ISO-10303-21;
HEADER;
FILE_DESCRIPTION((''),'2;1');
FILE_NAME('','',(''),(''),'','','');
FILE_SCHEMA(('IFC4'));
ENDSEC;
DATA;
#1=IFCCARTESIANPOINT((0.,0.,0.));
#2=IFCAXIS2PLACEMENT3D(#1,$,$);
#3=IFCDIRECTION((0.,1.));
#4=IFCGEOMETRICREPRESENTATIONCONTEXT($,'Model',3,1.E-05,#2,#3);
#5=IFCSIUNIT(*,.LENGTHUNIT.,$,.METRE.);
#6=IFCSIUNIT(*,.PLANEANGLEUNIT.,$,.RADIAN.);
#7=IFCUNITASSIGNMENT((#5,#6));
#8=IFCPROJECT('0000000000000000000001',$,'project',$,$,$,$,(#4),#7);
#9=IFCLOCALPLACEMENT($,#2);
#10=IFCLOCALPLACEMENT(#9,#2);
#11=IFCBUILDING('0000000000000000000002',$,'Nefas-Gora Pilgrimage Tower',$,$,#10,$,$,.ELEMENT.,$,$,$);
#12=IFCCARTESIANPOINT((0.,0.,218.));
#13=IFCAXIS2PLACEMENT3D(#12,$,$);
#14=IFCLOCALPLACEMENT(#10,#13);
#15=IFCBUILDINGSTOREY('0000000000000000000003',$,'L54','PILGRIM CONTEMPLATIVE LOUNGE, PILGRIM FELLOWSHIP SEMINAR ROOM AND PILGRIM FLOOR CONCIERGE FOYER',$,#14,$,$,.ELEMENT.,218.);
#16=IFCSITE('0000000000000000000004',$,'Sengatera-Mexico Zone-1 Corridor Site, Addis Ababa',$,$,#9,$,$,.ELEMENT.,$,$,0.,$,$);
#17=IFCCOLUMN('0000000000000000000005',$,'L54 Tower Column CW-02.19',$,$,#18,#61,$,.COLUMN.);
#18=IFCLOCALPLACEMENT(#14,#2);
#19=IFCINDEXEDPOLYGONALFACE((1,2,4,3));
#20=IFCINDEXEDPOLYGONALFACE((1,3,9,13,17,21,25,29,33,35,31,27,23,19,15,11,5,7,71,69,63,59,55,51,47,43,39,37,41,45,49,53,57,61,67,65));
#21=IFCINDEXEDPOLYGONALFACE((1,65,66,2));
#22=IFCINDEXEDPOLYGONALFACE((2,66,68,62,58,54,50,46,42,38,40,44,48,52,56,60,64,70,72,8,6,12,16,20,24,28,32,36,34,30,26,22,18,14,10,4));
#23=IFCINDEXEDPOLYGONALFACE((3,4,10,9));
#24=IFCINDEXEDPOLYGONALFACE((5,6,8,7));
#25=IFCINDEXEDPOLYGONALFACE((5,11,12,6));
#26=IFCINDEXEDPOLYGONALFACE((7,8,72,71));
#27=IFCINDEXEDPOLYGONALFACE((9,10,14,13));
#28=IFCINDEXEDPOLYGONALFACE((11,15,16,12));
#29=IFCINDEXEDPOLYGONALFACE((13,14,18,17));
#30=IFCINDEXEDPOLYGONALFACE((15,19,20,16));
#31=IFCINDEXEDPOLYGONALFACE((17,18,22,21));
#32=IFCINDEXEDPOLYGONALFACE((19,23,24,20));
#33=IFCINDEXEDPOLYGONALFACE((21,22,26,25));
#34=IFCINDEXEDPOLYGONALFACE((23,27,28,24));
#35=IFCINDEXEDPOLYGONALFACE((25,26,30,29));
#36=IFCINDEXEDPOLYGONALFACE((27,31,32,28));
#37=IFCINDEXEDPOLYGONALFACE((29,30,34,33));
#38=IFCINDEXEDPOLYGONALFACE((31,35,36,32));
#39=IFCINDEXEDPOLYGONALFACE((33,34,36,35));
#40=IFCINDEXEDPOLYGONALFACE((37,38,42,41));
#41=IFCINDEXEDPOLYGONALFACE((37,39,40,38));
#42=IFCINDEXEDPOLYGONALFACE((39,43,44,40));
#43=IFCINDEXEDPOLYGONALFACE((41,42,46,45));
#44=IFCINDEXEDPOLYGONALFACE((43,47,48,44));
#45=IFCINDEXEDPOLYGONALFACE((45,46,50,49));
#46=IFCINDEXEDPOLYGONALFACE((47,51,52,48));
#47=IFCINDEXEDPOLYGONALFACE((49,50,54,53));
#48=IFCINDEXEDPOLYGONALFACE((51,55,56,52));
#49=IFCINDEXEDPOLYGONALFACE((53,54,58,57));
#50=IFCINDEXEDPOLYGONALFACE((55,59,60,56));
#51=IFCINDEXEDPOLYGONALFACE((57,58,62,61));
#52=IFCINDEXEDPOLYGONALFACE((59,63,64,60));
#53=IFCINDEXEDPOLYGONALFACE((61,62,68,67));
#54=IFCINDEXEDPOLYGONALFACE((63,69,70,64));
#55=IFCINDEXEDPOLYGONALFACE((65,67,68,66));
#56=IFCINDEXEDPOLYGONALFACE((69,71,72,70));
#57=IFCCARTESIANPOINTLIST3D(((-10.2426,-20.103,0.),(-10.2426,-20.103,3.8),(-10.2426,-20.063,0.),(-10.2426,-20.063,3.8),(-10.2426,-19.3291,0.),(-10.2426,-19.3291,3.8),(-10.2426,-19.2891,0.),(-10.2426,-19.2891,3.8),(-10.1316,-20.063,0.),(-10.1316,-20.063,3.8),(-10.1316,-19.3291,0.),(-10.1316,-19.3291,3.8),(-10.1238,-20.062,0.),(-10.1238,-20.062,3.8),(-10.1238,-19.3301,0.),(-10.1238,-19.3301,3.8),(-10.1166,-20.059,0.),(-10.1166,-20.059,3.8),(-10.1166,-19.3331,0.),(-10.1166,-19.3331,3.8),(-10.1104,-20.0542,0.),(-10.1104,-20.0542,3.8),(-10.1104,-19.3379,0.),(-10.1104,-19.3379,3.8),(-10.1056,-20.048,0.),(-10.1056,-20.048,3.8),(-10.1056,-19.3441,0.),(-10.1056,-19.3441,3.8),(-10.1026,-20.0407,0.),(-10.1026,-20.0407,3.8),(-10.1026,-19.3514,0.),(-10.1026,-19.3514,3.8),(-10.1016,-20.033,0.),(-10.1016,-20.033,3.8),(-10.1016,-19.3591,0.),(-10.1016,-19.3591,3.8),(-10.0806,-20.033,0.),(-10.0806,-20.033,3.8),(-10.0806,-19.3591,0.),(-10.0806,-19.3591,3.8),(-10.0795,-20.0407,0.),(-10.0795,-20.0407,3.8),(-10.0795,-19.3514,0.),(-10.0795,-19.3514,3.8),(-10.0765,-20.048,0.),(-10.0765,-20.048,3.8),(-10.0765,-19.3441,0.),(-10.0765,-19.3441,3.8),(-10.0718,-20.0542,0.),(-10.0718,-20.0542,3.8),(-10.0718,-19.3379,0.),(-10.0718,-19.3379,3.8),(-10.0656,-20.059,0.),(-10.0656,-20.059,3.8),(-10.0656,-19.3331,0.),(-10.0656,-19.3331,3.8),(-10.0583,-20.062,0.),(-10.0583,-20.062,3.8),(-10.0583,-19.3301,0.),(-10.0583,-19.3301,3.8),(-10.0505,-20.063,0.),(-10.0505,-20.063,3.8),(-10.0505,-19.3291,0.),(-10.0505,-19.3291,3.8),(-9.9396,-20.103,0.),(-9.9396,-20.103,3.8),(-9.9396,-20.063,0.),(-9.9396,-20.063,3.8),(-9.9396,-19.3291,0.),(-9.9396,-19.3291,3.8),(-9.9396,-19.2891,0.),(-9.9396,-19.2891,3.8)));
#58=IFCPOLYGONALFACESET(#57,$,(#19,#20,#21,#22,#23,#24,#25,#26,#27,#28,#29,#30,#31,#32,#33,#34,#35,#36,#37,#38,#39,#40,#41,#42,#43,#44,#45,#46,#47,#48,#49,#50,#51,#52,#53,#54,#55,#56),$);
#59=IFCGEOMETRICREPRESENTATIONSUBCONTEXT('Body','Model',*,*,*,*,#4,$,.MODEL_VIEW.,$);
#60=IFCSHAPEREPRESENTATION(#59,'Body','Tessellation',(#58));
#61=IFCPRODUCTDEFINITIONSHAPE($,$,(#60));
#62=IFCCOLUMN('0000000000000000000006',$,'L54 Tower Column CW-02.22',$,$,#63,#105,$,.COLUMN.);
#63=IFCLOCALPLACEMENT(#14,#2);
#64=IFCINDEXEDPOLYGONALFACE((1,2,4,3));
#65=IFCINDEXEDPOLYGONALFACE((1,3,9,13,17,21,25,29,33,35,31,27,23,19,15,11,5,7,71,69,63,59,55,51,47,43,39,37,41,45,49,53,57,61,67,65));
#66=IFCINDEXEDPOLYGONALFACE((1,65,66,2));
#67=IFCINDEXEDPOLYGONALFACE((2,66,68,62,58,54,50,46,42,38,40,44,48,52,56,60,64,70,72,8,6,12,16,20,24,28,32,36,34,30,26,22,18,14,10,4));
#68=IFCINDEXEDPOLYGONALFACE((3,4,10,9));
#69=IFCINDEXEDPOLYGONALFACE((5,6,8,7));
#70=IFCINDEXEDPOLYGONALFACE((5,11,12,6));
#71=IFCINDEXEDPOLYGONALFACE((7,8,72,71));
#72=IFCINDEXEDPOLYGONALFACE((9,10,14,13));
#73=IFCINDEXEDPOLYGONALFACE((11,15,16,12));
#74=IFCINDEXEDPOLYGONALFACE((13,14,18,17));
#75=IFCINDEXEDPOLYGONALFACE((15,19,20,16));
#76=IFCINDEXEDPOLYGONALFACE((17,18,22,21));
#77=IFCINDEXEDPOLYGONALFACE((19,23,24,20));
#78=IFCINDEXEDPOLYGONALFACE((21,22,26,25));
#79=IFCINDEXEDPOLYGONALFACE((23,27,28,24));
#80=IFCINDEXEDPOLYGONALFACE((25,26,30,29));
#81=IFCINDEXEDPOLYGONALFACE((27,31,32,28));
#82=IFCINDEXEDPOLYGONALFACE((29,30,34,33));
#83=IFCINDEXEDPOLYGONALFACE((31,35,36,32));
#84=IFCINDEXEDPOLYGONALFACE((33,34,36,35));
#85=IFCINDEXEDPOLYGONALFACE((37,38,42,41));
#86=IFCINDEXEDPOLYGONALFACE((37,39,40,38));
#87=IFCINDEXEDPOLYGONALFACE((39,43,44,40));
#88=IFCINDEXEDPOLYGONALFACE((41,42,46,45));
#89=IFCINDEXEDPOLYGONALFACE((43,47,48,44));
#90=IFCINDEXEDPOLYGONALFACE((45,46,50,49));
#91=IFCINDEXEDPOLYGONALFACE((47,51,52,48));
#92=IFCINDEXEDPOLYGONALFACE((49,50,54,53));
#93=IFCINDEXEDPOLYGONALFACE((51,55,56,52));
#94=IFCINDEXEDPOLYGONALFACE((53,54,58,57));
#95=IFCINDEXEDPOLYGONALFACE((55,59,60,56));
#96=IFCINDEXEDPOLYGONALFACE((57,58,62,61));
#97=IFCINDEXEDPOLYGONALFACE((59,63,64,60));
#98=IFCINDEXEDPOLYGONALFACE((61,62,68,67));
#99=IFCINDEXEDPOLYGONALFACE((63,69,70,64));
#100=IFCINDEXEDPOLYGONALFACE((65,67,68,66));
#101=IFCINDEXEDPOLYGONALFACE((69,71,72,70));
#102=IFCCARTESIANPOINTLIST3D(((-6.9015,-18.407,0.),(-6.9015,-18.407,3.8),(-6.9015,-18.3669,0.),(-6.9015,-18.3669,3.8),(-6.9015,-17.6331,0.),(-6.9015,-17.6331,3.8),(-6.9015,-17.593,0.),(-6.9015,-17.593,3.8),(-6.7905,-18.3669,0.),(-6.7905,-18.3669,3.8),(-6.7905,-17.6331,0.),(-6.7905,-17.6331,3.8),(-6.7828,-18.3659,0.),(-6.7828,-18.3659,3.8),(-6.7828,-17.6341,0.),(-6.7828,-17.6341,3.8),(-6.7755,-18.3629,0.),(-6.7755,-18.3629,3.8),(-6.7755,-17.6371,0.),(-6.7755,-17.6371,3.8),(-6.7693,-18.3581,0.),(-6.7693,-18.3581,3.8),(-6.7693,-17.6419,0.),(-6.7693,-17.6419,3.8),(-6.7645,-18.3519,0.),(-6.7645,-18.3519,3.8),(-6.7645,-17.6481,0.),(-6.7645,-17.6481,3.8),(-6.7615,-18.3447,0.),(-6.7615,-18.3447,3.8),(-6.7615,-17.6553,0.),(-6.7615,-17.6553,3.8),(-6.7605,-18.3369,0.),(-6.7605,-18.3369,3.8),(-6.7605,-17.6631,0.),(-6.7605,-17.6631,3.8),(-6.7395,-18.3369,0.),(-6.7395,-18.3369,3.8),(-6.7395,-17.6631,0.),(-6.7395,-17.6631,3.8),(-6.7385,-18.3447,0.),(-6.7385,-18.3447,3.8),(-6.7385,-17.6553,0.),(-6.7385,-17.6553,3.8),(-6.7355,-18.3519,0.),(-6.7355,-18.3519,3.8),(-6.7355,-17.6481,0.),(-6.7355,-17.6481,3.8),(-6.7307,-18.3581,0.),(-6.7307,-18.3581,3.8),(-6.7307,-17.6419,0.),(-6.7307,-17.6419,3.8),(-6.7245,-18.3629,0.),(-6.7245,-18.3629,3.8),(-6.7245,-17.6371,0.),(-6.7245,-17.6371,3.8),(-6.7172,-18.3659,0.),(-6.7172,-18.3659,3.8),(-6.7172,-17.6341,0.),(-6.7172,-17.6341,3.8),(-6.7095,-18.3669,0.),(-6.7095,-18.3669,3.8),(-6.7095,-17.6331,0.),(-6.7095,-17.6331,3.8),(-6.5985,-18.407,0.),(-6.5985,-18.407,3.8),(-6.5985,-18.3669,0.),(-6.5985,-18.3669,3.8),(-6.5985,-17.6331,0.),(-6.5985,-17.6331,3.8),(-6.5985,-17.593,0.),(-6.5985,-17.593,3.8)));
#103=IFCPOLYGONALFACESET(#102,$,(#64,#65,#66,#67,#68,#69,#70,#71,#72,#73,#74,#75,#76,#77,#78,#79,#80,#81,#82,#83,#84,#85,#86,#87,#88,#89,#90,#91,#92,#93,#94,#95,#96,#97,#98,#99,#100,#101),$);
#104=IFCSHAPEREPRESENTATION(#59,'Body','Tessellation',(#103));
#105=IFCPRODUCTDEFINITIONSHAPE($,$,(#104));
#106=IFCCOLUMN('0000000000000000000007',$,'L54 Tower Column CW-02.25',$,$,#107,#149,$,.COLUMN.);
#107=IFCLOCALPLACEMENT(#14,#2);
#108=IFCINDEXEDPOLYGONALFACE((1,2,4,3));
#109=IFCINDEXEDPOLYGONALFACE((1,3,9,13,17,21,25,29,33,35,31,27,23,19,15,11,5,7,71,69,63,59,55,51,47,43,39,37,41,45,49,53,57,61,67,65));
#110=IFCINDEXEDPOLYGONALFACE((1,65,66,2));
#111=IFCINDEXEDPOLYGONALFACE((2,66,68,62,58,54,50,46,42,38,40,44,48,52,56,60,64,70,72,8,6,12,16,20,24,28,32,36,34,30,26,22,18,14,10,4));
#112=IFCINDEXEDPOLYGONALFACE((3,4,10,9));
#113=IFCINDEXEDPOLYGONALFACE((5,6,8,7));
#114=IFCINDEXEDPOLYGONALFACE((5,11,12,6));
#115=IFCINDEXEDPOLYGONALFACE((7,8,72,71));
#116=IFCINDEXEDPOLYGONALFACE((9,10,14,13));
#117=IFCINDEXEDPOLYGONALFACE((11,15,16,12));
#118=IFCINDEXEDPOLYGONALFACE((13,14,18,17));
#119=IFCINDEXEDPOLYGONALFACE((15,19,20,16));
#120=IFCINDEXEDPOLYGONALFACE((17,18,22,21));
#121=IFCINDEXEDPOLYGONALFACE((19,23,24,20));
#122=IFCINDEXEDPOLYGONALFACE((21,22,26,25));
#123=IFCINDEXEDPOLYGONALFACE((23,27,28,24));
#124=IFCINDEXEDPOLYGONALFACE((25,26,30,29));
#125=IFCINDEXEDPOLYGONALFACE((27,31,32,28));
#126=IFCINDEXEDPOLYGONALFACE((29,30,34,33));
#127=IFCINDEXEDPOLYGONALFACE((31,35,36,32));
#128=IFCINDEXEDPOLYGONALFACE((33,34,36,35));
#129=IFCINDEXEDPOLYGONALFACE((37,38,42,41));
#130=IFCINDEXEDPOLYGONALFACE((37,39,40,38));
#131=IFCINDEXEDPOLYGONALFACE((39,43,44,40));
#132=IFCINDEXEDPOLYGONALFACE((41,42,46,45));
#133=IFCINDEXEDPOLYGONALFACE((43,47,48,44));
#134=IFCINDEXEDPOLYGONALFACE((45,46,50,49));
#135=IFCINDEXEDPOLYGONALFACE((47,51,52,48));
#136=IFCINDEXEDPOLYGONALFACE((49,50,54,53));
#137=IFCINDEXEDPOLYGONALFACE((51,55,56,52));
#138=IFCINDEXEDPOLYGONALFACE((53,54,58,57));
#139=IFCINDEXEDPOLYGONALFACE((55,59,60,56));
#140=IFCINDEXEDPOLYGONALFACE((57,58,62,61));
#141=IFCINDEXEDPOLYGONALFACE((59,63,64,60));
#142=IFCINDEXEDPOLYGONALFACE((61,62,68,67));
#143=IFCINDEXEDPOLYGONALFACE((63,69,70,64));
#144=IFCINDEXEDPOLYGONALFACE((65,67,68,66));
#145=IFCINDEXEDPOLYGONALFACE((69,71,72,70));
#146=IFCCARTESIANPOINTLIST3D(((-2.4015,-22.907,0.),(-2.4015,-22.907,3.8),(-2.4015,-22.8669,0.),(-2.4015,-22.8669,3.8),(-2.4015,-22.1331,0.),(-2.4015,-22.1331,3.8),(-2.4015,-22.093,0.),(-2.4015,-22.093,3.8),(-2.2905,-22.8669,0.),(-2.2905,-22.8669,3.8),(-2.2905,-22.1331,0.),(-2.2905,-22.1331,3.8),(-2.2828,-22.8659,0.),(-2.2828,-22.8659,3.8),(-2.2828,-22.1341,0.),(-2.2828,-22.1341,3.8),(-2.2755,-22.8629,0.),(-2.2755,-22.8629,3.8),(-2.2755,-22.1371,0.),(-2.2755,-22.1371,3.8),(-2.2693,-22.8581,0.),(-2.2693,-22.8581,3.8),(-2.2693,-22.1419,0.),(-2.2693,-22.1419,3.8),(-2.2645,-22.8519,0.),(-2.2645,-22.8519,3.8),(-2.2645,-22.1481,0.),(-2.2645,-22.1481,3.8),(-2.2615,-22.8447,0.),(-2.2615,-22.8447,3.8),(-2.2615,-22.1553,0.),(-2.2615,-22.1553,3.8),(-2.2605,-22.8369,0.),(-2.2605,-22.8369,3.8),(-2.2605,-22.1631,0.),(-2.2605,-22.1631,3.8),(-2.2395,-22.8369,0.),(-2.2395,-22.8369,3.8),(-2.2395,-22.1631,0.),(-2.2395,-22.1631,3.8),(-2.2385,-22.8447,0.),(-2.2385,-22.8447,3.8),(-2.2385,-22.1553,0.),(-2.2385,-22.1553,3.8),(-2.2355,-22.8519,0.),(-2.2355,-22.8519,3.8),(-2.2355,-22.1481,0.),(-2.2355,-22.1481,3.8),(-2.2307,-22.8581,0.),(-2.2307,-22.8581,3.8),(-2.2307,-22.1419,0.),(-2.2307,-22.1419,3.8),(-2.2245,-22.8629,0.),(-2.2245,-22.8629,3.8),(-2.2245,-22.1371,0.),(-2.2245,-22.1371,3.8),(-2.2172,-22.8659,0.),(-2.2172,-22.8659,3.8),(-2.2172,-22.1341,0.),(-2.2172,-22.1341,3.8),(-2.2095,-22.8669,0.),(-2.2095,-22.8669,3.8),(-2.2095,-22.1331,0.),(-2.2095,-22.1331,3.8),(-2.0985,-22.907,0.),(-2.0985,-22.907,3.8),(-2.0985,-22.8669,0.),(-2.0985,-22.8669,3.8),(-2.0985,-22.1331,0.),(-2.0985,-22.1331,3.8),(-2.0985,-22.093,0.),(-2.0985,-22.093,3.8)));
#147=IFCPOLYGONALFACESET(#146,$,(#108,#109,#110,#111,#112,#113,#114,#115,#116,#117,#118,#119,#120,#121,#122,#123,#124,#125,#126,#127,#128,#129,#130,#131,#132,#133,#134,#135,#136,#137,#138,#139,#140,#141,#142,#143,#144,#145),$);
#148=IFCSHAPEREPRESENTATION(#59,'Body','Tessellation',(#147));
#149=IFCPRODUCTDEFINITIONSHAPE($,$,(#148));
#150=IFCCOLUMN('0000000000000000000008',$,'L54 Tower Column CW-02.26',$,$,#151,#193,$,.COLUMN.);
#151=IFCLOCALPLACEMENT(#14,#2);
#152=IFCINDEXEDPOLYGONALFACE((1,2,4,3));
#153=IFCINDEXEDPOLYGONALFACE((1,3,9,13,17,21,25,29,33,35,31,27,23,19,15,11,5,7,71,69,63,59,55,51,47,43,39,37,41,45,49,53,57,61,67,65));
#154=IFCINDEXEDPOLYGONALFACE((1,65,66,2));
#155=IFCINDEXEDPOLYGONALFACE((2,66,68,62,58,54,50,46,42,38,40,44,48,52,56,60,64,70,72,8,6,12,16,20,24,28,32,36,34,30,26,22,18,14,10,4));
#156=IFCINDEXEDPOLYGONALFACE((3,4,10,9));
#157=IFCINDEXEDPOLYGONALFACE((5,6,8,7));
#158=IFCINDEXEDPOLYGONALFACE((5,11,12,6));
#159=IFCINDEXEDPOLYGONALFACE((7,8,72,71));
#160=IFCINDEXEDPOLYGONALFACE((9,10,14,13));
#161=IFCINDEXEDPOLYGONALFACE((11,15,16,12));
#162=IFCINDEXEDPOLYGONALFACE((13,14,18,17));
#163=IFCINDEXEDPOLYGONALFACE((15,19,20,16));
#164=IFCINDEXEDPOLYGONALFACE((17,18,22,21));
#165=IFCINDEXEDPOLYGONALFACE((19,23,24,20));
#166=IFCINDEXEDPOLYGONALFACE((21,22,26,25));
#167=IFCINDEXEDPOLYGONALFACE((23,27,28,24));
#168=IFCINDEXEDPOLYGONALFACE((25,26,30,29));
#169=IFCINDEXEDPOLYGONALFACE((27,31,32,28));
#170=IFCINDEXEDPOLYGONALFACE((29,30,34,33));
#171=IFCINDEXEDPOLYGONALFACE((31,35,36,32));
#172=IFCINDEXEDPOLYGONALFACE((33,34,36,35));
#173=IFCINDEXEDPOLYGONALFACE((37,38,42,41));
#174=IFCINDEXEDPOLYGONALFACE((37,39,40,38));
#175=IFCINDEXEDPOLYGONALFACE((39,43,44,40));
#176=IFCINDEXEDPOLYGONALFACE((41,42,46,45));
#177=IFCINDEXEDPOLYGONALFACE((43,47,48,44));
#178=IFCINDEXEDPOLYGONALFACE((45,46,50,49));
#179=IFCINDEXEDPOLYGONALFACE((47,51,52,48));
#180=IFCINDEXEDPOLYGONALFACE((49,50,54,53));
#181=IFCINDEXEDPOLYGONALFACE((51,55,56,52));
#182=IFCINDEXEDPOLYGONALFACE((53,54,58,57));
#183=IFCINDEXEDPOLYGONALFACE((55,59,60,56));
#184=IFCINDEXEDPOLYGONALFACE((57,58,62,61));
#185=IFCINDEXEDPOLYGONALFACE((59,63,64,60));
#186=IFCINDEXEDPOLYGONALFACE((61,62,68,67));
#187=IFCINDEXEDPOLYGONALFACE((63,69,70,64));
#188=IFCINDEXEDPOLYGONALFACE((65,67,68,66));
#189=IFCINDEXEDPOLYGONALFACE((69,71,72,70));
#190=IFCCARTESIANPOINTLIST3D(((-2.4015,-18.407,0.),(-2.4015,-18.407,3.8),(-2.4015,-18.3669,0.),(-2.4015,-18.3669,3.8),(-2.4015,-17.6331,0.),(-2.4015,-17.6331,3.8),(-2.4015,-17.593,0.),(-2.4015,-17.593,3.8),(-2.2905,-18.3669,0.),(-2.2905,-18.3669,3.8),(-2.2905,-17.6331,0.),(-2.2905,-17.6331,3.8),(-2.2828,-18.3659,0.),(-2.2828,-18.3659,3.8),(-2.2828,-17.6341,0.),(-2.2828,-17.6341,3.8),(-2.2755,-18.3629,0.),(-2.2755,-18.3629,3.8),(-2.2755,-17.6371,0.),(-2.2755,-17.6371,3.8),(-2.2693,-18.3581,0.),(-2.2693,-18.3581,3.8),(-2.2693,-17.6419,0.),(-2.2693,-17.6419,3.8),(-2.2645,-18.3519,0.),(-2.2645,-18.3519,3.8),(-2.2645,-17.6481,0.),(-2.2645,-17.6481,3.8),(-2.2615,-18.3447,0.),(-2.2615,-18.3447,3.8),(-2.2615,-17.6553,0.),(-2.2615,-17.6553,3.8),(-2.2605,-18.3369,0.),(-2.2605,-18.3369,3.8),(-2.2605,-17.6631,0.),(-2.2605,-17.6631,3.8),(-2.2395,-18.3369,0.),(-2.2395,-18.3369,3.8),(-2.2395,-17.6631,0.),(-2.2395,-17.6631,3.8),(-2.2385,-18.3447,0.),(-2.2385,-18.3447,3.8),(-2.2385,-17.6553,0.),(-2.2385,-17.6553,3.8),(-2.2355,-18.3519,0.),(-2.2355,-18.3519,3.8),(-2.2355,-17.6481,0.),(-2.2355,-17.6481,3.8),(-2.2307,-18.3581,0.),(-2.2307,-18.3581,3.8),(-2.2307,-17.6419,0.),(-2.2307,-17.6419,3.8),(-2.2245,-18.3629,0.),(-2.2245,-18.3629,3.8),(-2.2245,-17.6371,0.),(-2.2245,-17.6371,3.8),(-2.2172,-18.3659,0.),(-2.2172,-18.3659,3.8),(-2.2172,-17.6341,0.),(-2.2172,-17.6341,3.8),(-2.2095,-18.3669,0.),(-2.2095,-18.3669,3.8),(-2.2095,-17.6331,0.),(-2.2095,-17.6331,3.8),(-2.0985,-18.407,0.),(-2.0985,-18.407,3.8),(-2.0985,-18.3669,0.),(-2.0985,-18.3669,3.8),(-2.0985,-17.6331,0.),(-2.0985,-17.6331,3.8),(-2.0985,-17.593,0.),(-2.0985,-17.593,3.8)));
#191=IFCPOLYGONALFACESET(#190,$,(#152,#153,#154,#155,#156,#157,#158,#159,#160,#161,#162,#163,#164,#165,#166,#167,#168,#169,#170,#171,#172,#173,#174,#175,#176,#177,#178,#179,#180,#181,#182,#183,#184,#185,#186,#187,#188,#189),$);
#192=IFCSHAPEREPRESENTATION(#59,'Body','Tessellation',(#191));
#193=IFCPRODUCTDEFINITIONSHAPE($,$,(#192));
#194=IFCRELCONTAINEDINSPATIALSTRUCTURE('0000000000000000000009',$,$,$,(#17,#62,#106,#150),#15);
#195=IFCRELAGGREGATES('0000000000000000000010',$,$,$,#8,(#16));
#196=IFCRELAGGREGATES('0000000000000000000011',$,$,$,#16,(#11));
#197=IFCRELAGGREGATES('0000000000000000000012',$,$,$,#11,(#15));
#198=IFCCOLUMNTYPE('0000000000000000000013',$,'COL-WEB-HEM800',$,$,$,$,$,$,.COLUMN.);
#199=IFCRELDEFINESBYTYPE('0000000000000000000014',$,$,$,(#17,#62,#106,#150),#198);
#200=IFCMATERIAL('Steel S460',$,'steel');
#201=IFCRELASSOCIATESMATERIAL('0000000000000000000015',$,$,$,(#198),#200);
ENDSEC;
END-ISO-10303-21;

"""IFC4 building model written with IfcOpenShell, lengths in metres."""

from ifc_helpers import new_model, si_unit, direction, frame, origin, origin_2d, place, context, subcontext, project, spatial, i_section, extrude, source, transform, mapped, material, material_profile, profile_set, type_object, element, save


model = new_model("IFC4")

# Units and contexts
model_context = context("Model", 3, precision=1e-05, world=origin(), true_north=direction((0.0, 1.0)))
body_context = subcontext(model_context, "Body", "Model", "MODEL_VIEW")
ifc_project = project(units=[si_unit("LENGTHUNIT", "METRE"), si_unit("PLANEANGLEUNIT", "RADIAN")], contexts=[model_context])

# Site, building, storey
site_placement = place(None, origin())
site = spatial("IfcSite", under=ifc_project, at=site_placement, Name="Sengatera-Mexico Zone-1 Corridor Site, Addis Ababa", CompositionType="ELEMENT", RefElevation=0.0)
building_placement = place(site_placement, origin())
building = spatial("IfcBuilding", under=site, at=building_placement, Name="Nefas-Gora Pilgrimage Tower", CompositionType="ELEMENT")
storey_placement = place(building_placement, frame((0.0, 0.0, 218.0)))
storey = spatial("IfcBuildingStorey", under=building, at=storey_placement, Name="L54", Description="PILGRIM CONTEMPLATIVE LOUNGE, PILGRIM FELLOWSHIP SEMINAR ROOM AND PILGRIM FLOOR CONCIERGE FOYER", CompositionType="ELEMENT", Elevation=218.0)

# Columns
ifc_material_1 = material(Name="Steel S460", Category="steel")
ifc_material_profile_1 = material_profile(ifc_material_1, i_section(OverallWidth=0.303, OverallDepth=0.814, WebThickness=0.021, FlangeThickness=0.04, FilletRadius=0.03, at=origin_2d()), Name="HEM 800")
ifc_profile_set_1 = profile_set([ifc_material_profile_1], Name="Steel S460")
column_type_1 = type_object("IfcColumnType", Name="COL-WEB-HEM800", PredefinedType="COLUMN", material=ifc_profile_set_1)
shared_shape_1 = source(origin(), body_context, "Body", "SweptSolid", [
    extrude(i_section(OverallWidth=0.303, OverallDepth=0.814, WebThickness=0.021, FlangeThickness=0.04, FilletRadius=0.03, at=origin_2d()), origin(), (0.0, 0.0, 1.0), 3.8),
])
for number, where, z_axis, x_axis, name in (
    (1, (-10.0911, -19.696, 0.0), (0.0, 0.0, 1.0), (1.0, 0.0, 0.0), "L54 Tower Column CW-02.19"),
    (2, (-6.75, -18.0, 0.0), (0.0, 0.0, 1.0), (1.0, 0.0, 0.0), "L54 Tower Column CW-02.22"),
    (3, (-2.25, -22.5, 0.0), (0.0, 0.0, 1.0), (1.0, 0.0, 0.0), "L54 Tower Column CW-02.25"),
    (4, (-2.25, -18.0, 0.0), (0.0, 0.0, 1.0), (1.0, 0.0, 0.0), "L54 Tower Column CW-02.26"),
):
    element("IfcColumn", number, at=place(storey_placement, frame(where, z_axis=z_axis, x_axis=x_axis)), inside=storey, type_object=column_type_1, Name=name, PredefinedType="COLUMN", context=body_context, shape_type="MappedRepresentation", body=[
        mapped(shared_shape_1, transform((0.0, 0.0, 0.0), x_axis=(1.0, 0.0, 0.0), y_axis=(0.0, 1.0, 0.0), z_axis=(0.0, 0.0, 1.0), scale=1.0)),
    ])

save(model, "model.ifc")
